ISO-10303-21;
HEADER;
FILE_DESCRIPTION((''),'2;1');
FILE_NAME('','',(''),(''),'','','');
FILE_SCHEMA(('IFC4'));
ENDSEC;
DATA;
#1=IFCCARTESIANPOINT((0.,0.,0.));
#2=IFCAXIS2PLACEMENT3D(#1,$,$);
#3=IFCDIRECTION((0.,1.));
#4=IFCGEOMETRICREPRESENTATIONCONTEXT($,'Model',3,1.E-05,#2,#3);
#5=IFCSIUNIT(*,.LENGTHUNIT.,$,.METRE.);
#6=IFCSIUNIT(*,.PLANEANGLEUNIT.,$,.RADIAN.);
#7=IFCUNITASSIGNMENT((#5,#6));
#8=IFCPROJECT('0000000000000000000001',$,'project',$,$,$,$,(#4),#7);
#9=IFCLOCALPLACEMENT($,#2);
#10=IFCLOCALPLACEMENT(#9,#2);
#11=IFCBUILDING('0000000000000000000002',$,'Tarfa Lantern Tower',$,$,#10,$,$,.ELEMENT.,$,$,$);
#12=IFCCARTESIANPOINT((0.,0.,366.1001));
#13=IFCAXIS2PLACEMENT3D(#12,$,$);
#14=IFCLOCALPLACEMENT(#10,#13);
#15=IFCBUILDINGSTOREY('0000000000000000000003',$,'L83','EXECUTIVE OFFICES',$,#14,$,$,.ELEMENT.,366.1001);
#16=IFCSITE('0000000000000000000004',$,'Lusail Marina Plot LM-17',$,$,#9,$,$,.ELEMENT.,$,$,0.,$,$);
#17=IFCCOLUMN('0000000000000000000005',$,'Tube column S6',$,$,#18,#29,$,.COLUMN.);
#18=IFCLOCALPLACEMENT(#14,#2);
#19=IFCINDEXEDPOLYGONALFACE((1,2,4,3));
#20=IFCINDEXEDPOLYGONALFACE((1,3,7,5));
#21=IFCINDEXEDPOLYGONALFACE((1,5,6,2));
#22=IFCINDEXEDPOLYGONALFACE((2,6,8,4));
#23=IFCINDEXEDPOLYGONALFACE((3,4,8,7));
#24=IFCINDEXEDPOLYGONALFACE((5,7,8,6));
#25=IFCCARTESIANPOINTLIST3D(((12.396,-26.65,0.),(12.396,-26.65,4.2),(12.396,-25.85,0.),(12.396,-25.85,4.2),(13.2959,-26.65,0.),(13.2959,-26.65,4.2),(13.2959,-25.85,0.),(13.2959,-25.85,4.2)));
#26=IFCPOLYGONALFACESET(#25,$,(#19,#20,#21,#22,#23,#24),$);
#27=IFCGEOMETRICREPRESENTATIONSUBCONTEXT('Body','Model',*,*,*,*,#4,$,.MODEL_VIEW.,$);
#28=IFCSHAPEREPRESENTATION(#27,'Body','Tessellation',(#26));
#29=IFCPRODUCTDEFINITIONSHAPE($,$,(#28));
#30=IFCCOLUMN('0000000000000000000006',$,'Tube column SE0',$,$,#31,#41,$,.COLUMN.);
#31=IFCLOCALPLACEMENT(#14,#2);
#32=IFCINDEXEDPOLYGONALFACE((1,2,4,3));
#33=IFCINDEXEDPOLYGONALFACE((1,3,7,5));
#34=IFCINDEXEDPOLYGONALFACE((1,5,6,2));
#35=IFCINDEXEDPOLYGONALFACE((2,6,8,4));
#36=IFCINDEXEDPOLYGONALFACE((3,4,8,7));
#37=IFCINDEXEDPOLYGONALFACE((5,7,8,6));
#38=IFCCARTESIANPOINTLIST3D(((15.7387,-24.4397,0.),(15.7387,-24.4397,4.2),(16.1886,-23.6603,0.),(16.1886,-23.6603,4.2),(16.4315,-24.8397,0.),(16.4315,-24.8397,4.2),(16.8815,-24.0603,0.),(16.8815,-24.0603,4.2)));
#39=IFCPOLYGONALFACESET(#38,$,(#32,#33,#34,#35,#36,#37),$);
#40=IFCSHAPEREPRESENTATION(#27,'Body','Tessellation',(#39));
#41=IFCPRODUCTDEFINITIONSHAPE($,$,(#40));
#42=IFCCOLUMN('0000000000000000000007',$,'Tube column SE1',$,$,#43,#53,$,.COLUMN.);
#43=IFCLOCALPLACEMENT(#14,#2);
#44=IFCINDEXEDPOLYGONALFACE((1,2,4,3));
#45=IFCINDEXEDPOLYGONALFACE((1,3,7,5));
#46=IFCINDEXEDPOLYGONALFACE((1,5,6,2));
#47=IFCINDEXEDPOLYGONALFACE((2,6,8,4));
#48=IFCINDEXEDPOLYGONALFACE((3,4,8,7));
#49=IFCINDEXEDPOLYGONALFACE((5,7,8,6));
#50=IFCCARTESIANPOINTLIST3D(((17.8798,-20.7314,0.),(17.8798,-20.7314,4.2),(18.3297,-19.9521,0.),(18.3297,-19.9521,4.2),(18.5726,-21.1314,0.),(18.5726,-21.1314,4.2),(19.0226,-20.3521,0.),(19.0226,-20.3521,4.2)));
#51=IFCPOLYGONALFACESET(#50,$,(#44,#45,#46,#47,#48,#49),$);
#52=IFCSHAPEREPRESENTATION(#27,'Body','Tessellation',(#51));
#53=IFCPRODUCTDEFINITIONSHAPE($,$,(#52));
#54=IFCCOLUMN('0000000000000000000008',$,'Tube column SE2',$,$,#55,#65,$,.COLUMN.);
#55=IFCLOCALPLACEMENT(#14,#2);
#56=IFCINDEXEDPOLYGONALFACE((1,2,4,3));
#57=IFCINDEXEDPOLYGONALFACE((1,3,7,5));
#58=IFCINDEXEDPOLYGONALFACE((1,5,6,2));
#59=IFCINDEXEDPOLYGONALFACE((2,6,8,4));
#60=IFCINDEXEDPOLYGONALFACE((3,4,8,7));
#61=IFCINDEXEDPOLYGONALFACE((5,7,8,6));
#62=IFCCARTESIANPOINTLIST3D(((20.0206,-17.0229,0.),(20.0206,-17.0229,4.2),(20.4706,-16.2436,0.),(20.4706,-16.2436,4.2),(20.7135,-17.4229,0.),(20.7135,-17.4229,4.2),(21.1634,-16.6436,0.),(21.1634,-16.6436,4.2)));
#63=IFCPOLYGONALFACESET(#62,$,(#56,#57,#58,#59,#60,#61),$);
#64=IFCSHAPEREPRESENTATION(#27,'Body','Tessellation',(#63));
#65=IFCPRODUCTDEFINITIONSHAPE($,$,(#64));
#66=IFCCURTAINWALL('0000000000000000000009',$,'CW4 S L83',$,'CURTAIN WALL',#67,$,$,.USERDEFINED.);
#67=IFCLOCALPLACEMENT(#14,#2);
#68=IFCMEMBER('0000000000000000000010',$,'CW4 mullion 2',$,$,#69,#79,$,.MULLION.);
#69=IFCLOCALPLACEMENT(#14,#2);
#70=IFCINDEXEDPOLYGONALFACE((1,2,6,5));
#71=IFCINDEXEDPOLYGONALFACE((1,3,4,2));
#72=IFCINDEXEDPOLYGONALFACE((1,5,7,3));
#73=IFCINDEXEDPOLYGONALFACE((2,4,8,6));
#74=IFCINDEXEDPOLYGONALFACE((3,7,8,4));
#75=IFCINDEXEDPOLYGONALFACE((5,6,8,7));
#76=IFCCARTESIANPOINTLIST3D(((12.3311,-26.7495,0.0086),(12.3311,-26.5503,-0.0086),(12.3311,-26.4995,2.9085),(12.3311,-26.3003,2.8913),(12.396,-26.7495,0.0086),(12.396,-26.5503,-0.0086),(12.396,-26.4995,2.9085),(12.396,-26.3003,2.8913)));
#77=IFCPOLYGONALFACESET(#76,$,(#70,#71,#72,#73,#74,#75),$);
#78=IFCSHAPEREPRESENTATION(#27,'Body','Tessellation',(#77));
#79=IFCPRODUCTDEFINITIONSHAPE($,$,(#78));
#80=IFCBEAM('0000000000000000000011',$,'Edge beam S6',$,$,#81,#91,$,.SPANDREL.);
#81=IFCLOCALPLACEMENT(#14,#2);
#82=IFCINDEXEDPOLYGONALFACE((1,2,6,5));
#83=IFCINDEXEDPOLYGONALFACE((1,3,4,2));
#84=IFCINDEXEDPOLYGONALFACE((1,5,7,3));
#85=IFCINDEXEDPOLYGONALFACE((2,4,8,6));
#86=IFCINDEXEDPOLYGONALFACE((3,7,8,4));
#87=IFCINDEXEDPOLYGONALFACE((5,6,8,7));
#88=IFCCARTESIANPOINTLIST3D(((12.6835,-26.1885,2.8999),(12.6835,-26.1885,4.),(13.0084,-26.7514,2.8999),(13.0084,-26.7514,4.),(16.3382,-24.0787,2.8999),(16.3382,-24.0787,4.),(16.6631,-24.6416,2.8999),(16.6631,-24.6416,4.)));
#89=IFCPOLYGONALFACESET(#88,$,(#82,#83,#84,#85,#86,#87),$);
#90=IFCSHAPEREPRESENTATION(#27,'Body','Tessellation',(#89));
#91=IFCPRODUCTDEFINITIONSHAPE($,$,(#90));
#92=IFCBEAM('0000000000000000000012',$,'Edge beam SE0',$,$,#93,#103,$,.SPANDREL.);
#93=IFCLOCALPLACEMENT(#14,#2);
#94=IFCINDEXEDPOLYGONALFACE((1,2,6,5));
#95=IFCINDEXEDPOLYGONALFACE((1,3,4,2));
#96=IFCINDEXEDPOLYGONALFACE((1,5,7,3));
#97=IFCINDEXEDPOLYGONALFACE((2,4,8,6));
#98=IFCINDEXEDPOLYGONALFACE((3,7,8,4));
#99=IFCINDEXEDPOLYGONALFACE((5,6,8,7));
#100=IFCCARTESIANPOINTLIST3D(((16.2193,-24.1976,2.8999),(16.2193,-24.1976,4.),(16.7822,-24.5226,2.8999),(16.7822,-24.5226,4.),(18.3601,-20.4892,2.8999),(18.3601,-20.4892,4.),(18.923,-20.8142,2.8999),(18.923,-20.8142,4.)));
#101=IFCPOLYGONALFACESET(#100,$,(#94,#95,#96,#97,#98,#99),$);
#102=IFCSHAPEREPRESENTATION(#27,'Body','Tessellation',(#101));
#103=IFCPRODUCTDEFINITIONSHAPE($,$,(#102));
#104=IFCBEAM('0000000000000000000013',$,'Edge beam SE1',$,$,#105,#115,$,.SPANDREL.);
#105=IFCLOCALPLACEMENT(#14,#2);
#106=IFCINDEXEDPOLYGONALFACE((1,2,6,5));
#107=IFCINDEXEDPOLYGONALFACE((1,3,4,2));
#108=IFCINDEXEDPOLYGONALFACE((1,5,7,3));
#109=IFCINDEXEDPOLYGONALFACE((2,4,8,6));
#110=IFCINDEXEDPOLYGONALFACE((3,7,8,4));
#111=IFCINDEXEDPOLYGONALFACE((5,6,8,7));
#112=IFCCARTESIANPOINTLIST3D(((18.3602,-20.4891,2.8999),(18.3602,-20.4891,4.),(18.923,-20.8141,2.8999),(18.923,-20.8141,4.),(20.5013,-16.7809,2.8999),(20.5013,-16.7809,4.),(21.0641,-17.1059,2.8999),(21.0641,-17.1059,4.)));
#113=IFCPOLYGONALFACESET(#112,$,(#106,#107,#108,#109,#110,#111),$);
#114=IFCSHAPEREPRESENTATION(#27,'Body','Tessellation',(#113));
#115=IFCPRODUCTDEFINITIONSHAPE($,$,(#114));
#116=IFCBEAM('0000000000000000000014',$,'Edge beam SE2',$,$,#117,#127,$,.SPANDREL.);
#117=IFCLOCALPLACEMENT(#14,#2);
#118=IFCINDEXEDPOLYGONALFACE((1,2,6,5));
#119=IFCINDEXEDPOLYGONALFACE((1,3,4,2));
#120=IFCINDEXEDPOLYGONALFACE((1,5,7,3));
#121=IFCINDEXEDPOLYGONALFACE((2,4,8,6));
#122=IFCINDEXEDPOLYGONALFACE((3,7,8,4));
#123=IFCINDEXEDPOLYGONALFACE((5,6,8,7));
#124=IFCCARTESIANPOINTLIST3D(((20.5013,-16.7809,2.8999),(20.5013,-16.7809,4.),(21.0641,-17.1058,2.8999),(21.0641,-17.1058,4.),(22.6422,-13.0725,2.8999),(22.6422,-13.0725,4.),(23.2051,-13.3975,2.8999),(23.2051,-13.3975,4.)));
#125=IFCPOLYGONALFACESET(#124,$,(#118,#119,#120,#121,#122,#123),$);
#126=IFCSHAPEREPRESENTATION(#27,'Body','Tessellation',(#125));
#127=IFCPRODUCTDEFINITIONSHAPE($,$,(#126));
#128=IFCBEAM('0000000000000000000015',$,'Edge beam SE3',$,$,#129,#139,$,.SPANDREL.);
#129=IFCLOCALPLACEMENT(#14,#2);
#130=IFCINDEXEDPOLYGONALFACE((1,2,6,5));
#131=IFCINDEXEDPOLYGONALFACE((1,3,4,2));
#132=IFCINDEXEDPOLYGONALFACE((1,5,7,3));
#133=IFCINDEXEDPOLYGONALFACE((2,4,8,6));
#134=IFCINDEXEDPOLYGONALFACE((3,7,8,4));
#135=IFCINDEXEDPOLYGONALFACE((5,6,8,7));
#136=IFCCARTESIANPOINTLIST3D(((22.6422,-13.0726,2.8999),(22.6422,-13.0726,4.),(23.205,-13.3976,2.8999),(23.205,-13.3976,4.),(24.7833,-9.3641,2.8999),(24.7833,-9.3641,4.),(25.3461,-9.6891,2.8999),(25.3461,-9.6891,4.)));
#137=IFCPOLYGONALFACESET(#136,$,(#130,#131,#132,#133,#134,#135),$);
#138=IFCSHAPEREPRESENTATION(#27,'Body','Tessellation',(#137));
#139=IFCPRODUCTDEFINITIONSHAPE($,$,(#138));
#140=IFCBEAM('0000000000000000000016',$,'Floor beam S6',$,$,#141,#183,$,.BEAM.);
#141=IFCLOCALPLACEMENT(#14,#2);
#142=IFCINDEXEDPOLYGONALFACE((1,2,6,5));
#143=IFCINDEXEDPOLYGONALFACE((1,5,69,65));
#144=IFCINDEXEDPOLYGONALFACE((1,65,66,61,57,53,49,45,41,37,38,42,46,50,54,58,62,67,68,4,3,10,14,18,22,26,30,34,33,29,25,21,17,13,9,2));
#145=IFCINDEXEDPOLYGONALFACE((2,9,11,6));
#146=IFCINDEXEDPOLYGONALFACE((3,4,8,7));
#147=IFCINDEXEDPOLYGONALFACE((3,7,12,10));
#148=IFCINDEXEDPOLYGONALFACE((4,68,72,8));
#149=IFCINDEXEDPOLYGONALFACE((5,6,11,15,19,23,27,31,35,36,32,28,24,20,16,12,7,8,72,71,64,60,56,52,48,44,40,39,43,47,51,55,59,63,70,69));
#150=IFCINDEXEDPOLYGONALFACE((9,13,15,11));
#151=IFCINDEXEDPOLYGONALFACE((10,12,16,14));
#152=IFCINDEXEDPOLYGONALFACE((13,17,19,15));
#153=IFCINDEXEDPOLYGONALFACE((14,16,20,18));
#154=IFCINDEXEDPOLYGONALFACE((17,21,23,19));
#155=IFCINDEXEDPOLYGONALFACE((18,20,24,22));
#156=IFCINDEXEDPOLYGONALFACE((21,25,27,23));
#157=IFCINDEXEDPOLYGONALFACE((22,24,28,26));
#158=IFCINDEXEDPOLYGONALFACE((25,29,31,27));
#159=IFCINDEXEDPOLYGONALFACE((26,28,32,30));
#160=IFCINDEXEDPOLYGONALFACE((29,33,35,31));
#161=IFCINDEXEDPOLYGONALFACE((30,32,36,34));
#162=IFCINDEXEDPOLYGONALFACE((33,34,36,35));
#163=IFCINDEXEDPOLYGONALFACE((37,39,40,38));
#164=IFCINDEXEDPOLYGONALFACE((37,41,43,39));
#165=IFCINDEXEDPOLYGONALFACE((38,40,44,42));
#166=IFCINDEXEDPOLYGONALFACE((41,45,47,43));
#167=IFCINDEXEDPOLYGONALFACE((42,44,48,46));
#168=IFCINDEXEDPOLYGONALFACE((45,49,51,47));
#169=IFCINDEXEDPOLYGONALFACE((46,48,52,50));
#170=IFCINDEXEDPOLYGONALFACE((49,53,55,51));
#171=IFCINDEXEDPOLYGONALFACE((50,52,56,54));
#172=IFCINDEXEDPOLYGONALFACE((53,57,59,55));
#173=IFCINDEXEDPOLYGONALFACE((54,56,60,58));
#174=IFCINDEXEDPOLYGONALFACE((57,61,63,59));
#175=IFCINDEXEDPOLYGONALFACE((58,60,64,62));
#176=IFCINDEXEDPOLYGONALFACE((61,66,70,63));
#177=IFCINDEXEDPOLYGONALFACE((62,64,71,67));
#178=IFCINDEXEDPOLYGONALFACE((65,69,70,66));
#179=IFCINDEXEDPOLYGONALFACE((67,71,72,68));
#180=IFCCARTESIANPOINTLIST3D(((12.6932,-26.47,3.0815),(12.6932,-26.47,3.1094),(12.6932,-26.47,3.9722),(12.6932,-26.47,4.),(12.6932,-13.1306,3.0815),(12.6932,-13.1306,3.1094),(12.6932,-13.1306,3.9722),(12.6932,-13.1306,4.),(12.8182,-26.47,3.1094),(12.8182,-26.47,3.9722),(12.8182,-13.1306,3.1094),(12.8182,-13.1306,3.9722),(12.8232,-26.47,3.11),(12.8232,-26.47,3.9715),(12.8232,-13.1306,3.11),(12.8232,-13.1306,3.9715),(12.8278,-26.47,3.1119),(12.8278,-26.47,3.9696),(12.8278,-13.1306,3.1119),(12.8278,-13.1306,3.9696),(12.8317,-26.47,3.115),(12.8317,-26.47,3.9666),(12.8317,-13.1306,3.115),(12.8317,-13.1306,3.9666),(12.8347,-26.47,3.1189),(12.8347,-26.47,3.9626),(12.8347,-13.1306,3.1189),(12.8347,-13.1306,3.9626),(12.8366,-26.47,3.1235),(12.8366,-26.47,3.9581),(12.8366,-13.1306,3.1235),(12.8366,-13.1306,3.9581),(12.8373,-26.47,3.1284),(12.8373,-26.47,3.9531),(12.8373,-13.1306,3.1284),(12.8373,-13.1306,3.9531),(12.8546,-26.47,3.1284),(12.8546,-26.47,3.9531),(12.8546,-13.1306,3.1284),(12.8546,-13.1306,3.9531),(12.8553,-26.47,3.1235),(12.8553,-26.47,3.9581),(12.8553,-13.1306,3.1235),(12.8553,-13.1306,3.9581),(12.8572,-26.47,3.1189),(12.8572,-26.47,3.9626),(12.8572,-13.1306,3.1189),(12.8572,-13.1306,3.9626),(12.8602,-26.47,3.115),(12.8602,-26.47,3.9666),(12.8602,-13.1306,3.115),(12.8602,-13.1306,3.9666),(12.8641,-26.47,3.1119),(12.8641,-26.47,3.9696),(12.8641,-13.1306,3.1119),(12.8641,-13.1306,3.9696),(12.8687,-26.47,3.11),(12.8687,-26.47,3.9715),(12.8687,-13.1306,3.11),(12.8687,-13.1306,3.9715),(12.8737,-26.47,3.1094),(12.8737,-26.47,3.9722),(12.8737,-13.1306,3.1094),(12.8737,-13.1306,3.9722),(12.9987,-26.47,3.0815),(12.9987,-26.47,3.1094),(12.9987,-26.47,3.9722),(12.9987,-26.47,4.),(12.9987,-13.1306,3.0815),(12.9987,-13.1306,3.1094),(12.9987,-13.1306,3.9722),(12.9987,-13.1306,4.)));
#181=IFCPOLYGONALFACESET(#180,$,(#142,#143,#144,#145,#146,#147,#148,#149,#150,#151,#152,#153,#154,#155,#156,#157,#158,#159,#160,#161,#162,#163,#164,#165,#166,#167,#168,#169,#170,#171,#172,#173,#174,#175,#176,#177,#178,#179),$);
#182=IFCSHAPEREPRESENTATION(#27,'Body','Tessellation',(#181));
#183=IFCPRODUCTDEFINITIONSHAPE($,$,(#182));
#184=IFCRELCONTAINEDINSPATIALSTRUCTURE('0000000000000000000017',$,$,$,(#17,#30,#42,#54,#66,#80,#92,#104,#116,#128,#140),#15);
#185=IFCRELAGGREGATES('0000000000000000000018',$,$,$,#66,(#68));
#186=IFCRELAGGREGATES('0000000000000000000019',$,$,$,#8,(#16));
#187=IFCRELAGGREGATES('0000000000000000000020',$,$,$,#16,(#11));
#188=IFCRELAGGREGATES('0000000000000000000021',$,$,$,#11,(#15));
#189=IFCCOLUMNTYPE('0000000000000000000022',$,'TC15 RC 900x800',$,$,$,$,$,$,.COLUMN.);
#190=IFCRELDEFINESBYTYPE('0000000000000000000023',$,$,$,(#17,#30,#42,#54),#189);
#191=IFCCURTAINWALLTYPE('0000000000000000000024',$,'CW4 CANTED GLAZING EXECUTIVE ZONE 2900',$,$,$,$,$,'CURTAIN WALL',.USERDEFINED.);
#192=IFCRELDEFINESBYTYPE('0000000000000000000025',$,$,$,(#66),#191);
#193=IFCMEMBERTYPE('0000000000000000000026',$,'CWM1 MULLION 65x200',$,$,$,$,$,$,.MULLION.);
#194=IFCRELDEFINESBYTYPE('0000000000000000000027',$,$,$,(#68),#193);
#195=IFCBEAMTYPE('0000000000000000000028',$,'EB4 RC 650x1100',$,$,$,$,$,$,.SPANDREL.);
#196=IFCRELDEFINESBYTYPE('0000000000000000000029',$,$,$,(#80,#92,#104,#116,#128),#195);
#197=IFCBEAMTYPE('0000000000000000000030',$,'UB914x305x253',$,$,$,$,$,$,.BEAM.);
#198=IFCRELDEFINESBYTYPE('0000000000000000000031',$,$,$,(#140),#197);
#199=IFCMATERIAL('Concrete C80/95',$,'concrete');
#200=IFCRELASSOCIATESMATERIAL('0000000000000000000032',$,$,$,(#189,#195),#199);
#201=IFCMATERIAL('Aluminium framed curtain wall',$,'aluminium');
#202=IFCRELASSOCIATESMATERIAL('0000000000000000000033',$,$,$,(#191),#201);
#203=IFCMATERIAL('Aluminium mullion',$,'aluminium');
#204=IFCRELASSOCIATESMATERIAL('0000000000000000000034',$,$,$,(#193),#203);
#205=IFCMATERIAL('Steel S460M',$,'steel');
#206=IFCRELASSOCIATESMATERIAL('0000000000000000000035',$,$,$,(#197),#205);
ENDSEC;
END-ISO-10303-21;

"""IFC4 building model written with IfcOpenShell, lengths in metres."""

from ifc_helpers import new_model, si_unit, direction, frame, origin, origin_2d, place, context, subcontext, project, spatial, rectangle, i_section, extrude, material, material_profile, profile_set, type_object, element, aggregate, save


model = new_model("IFC4")

# Units and contexts
model_context = context("Model", 3, precision=1e-05, world=origin(), true_north=direction((0.0, 1.0)))
body_context = subcontext(model_context, "Body", "Model", "MODEL_VIEW")
ifc_project = project(units=[si_unit("LENGTHUNIT", "METRE"), si_unit("PLANEANGLEUNIT", "RADIAN")], contexts=[model_context])

# Site, building, storey
site_placement = place(None, origin())
site = spatial("IfcSite", under=ifc_project, at=site_placement, Name="Lusail Marina Plot LM-17", CompositionType="ELEMENT", RefElevation=0.0)
building_placement = place(site_placement, origin())
building = spatial("IfcBuilding", under=site, at=building_placement, Name="Tarfa Lantern Tower", CompositionType="ELEMENT")
storey_placement = place(building_placement, frame((0.0, 0.0, 366.1001)))
storey = spatial("IfcBuildingStorey", under=building, at=storey_placement, Name="L83", Description="EXECUTIVE OFFICES", CompositionType="ELEMENT", Elevation=366.1001)

# Columns
ifc_material_1 = material(Name="Concrete C80/95", Category="concrete")
ifc_material_profile_1 = material_profile(ifc_material_1, rectangle(XDim=0.8999, YDim=0.8, at=origin_2d()), Name="RC 900x800")
ifc_profile_set_1 = profile_set([ifc_material_profile_1], Name="Concrete C80/95")
column_type = type_object("IfcColumnType", Name="TC15 RC 900x800", PredefinedType="COLUMN", material=ifc_profile_set_1)
for number, where, z_axis, x_axis, name in (
    (1, (12.8459, -26.25, 0.0), (0.0, 0.0, 1.0), (1.0, 0.0, 0.0), "Tube column S6"),
    (2, (16.3101, -24.25, 0.0), (0.0, 0.0, 1.0), (0.5, 0.866025, 0.0), "Tube column SE0"),
    (3, (18.4512, -20.5417, 0.0), (0.0, 0.0, 1.0), (0.5, 0.866025, 0.0), "Tube column SE1"),
    (4, (20.592, -16.8333, 0.0), (0.0, 0.0, 1.0), (0.5, 0.866025, 0.0), "Tube column SE2"),
):
    element("IfcColumn", number, at=place(storey_placement, frame(where, z_axis=z_axis, x_axis=x_axis)), inside=storey, type_object=column_type, Name=name, PredefinedType="COLUMN", context=body_context, shape_type="SweptSolid", body=[
        extrude(rectangle(XDim=0.8999, YDim=0.8, at=origin_2d()), origin(), (0.0, 0.0, 1.0), 4.2),
    ])

# Curtain wall, member
ifc_material_2 = material(Name="Aluminium framed curtain wall", Category="aluminium")
curtain_wall_type = type_object("IfcCurtainWallType", Name="CW4 CANTED GLAZING EXECUTIVE ZONE 2900", ElementType="CURTAIN WALL", PredefinedType="USERDEFINED", material=ifc_material_2)
curtain_wall_placement = place(storey_placement, origin())
curtain_wall = element("IfcCurtainWall", 5, at=curtain_wall_placement, inside=storey, type_object=curtain_wall_type, Name="CW4 S L83", ObjectType="CURTAIN WALL", PredefinedType="USERDEFINED")
ifc_material_3 = material(Name="Aluminium mullion", Category="aluminium")
ifc_material_profile_2 = material_profile(ifc_material_3, rectangle(XDim=0.0649, YDim=0.2, at=origin_2d()), Name="AL MULLION 65x200")
ifc_profile_set_2 = profile_set([ifc_material_profile_2], Name="Aluminium mullion")
member_type = type_object("IfcMemberType", Name="CWM1 MULLION 65x200", PredefinedType="MULLION", material=ifc_profile_set_2)
member_placement = place(storey_placement, frame((12.3635, -26.6499, 0.0), z_axis=(0.0, 0.085891, 0.996305), x_axis=(-1.0, 0.0, 0.0)))
member = element("IfcMember", 6, at=member_placement, type_object=member_type, Name="CW4 mullion 2", PredefinedType="MULLION", context=body_context, shape_type="SweptSolid", body=[
    extrude(rectangle(XDim=0.0649, YDim=0.2, at=origin_2d()), origin(), (0.0, 0.0, 1.0), 2.9106),
])
aggregate(curtain_wall, [member])

# Beams
ifc_material_profile_3 = material_profile(ifc_material_1, rectangle(XDim=0.6499, YDim=1.1001, at=origin_2d()), Name="RC 650x1100")
ifc_profile_set_3 = profile_set([ifc_material_profile_3], Name="Concrete C80/95")
beam_type_1 = type_object("IfcBeamType", Name="EB4 RC 650x1100", PredefinedType="SPANDREL", material=ifc_profile_set_3)
beam_1_placement = place(storey_placement, frame((12.8459, -26.47, 3.45), z_axis=(0.866049, 0.499959, 0.0), x_axis=(-0.499959, 0.866049, 0.0)))
element("IfcBeam", 7, at=beam_1_placement, inside=storey, type_object=beam_type_1, Name="Edge beam S6", PredefinedType="SPANDREL", context=body_context, shape_type="SweptSolid", body=[
    extrude(rectangle(XDim=0.6499, YDim=1.1001, at=origin_2d()), origin(), (0.0, 0.0, 1.0), 4.22),
])
for number, where, z_axis, x_axis, name in (
    (8, (16.5007, -24.3601, 3.45), (0.499959, 0.866049, 0.0), (-0.866049, 0.499959, 0.0), "Edge beam SE0"),
    (9, (18.6416, -20.6516, 3.45), (0.500027, 0.86601, 0.0), (-0.86601, 0.500027, 0.0), "Edge beam SE1"),
    (10, (20.7827, -16.9434, 3.45), (0.499984, 0.866035, 0.0), (-0.866035, 0.499984, 0.0), "Edge beam SE2"),
):
    element("IfcBeam", number, at=place(storey_placement, frame(where, z_axis=z_axis, x_axis=x_axis)), inside=storey, type_object=beam_type_1, Name=name, PredefinedType="SPANDREL", context=body_context, shape_type="SweptSolid", body=[
        extrude(rectangle(XDim=0.6499, YDim=1.1001, at=origin_2d()), origin(), (0.0, 0.0, 1.0), 4.282),
    ])
beam_2_placement = place(storey_placement, frame((22.9236, -13.2351, 3.45), z_axis=(0.500002, 0.866024, 0.0), x_axis=(-0.866024, 0.500002, 0.0)))
element("IfcBeam", 11, at=beam_2_placement, inside=storey, type_object=beam_type_1, Name="Edge beam SE3", PredefinedType="SPANDREL", context=body_context, shape_type="SweptSolid", body=[
    extrude(rectangle(XDim=0.6499, YDim=1.1001, at=origin_2d()), origin(), (0.0, 0.0, 1.0), 4.2822),
])
ifc_material_4 = material(Name="Steel S460M", Category="steel")
ifc_material_profile_4 = material_profile(ifc_material_4, i_section(OverallWidth=0.3054, OverallDepth=0.9185, WebThickness=0.0173, FlangeThickness=0.0278, FilletRadius=0.019, at=origin_2d()), Name="UB914x305x253")
ifc_profile_set_4 = profile_set([ifc_material_profile_4], Name="Steel S460M")
beam_type_2 = type_object("IfcBeamType", Name="UB914x305x253", PredefinedType="BEAM", material=ifc_profile_set_4)
beam_3_placement = place(storey_placement, frame((12.8459, -26.47, 3.5408), z_axis=(0.0, 1.0, 0.0), x_axis=(-1.0, 0.0, 0.0)))
element("IfcBeam", 12, at=beam_3_placement, inside=storey, type_object=beam_type_2, Name="Floor beam S6", PredefinedType="BEAM", context=body_context, shape_type="SweptSolid", body=[
    extrude(i_section(OverallWidth=0.3054, OverallDepth=0.9185, WebThickness=0.0173, FlangeThickness=0.0278, FilletRadius=0.019, at=origin_2d()), origin(), (0.0, 0.0, 1.0), 13.3394),
])

save(model, "model.ifc")
